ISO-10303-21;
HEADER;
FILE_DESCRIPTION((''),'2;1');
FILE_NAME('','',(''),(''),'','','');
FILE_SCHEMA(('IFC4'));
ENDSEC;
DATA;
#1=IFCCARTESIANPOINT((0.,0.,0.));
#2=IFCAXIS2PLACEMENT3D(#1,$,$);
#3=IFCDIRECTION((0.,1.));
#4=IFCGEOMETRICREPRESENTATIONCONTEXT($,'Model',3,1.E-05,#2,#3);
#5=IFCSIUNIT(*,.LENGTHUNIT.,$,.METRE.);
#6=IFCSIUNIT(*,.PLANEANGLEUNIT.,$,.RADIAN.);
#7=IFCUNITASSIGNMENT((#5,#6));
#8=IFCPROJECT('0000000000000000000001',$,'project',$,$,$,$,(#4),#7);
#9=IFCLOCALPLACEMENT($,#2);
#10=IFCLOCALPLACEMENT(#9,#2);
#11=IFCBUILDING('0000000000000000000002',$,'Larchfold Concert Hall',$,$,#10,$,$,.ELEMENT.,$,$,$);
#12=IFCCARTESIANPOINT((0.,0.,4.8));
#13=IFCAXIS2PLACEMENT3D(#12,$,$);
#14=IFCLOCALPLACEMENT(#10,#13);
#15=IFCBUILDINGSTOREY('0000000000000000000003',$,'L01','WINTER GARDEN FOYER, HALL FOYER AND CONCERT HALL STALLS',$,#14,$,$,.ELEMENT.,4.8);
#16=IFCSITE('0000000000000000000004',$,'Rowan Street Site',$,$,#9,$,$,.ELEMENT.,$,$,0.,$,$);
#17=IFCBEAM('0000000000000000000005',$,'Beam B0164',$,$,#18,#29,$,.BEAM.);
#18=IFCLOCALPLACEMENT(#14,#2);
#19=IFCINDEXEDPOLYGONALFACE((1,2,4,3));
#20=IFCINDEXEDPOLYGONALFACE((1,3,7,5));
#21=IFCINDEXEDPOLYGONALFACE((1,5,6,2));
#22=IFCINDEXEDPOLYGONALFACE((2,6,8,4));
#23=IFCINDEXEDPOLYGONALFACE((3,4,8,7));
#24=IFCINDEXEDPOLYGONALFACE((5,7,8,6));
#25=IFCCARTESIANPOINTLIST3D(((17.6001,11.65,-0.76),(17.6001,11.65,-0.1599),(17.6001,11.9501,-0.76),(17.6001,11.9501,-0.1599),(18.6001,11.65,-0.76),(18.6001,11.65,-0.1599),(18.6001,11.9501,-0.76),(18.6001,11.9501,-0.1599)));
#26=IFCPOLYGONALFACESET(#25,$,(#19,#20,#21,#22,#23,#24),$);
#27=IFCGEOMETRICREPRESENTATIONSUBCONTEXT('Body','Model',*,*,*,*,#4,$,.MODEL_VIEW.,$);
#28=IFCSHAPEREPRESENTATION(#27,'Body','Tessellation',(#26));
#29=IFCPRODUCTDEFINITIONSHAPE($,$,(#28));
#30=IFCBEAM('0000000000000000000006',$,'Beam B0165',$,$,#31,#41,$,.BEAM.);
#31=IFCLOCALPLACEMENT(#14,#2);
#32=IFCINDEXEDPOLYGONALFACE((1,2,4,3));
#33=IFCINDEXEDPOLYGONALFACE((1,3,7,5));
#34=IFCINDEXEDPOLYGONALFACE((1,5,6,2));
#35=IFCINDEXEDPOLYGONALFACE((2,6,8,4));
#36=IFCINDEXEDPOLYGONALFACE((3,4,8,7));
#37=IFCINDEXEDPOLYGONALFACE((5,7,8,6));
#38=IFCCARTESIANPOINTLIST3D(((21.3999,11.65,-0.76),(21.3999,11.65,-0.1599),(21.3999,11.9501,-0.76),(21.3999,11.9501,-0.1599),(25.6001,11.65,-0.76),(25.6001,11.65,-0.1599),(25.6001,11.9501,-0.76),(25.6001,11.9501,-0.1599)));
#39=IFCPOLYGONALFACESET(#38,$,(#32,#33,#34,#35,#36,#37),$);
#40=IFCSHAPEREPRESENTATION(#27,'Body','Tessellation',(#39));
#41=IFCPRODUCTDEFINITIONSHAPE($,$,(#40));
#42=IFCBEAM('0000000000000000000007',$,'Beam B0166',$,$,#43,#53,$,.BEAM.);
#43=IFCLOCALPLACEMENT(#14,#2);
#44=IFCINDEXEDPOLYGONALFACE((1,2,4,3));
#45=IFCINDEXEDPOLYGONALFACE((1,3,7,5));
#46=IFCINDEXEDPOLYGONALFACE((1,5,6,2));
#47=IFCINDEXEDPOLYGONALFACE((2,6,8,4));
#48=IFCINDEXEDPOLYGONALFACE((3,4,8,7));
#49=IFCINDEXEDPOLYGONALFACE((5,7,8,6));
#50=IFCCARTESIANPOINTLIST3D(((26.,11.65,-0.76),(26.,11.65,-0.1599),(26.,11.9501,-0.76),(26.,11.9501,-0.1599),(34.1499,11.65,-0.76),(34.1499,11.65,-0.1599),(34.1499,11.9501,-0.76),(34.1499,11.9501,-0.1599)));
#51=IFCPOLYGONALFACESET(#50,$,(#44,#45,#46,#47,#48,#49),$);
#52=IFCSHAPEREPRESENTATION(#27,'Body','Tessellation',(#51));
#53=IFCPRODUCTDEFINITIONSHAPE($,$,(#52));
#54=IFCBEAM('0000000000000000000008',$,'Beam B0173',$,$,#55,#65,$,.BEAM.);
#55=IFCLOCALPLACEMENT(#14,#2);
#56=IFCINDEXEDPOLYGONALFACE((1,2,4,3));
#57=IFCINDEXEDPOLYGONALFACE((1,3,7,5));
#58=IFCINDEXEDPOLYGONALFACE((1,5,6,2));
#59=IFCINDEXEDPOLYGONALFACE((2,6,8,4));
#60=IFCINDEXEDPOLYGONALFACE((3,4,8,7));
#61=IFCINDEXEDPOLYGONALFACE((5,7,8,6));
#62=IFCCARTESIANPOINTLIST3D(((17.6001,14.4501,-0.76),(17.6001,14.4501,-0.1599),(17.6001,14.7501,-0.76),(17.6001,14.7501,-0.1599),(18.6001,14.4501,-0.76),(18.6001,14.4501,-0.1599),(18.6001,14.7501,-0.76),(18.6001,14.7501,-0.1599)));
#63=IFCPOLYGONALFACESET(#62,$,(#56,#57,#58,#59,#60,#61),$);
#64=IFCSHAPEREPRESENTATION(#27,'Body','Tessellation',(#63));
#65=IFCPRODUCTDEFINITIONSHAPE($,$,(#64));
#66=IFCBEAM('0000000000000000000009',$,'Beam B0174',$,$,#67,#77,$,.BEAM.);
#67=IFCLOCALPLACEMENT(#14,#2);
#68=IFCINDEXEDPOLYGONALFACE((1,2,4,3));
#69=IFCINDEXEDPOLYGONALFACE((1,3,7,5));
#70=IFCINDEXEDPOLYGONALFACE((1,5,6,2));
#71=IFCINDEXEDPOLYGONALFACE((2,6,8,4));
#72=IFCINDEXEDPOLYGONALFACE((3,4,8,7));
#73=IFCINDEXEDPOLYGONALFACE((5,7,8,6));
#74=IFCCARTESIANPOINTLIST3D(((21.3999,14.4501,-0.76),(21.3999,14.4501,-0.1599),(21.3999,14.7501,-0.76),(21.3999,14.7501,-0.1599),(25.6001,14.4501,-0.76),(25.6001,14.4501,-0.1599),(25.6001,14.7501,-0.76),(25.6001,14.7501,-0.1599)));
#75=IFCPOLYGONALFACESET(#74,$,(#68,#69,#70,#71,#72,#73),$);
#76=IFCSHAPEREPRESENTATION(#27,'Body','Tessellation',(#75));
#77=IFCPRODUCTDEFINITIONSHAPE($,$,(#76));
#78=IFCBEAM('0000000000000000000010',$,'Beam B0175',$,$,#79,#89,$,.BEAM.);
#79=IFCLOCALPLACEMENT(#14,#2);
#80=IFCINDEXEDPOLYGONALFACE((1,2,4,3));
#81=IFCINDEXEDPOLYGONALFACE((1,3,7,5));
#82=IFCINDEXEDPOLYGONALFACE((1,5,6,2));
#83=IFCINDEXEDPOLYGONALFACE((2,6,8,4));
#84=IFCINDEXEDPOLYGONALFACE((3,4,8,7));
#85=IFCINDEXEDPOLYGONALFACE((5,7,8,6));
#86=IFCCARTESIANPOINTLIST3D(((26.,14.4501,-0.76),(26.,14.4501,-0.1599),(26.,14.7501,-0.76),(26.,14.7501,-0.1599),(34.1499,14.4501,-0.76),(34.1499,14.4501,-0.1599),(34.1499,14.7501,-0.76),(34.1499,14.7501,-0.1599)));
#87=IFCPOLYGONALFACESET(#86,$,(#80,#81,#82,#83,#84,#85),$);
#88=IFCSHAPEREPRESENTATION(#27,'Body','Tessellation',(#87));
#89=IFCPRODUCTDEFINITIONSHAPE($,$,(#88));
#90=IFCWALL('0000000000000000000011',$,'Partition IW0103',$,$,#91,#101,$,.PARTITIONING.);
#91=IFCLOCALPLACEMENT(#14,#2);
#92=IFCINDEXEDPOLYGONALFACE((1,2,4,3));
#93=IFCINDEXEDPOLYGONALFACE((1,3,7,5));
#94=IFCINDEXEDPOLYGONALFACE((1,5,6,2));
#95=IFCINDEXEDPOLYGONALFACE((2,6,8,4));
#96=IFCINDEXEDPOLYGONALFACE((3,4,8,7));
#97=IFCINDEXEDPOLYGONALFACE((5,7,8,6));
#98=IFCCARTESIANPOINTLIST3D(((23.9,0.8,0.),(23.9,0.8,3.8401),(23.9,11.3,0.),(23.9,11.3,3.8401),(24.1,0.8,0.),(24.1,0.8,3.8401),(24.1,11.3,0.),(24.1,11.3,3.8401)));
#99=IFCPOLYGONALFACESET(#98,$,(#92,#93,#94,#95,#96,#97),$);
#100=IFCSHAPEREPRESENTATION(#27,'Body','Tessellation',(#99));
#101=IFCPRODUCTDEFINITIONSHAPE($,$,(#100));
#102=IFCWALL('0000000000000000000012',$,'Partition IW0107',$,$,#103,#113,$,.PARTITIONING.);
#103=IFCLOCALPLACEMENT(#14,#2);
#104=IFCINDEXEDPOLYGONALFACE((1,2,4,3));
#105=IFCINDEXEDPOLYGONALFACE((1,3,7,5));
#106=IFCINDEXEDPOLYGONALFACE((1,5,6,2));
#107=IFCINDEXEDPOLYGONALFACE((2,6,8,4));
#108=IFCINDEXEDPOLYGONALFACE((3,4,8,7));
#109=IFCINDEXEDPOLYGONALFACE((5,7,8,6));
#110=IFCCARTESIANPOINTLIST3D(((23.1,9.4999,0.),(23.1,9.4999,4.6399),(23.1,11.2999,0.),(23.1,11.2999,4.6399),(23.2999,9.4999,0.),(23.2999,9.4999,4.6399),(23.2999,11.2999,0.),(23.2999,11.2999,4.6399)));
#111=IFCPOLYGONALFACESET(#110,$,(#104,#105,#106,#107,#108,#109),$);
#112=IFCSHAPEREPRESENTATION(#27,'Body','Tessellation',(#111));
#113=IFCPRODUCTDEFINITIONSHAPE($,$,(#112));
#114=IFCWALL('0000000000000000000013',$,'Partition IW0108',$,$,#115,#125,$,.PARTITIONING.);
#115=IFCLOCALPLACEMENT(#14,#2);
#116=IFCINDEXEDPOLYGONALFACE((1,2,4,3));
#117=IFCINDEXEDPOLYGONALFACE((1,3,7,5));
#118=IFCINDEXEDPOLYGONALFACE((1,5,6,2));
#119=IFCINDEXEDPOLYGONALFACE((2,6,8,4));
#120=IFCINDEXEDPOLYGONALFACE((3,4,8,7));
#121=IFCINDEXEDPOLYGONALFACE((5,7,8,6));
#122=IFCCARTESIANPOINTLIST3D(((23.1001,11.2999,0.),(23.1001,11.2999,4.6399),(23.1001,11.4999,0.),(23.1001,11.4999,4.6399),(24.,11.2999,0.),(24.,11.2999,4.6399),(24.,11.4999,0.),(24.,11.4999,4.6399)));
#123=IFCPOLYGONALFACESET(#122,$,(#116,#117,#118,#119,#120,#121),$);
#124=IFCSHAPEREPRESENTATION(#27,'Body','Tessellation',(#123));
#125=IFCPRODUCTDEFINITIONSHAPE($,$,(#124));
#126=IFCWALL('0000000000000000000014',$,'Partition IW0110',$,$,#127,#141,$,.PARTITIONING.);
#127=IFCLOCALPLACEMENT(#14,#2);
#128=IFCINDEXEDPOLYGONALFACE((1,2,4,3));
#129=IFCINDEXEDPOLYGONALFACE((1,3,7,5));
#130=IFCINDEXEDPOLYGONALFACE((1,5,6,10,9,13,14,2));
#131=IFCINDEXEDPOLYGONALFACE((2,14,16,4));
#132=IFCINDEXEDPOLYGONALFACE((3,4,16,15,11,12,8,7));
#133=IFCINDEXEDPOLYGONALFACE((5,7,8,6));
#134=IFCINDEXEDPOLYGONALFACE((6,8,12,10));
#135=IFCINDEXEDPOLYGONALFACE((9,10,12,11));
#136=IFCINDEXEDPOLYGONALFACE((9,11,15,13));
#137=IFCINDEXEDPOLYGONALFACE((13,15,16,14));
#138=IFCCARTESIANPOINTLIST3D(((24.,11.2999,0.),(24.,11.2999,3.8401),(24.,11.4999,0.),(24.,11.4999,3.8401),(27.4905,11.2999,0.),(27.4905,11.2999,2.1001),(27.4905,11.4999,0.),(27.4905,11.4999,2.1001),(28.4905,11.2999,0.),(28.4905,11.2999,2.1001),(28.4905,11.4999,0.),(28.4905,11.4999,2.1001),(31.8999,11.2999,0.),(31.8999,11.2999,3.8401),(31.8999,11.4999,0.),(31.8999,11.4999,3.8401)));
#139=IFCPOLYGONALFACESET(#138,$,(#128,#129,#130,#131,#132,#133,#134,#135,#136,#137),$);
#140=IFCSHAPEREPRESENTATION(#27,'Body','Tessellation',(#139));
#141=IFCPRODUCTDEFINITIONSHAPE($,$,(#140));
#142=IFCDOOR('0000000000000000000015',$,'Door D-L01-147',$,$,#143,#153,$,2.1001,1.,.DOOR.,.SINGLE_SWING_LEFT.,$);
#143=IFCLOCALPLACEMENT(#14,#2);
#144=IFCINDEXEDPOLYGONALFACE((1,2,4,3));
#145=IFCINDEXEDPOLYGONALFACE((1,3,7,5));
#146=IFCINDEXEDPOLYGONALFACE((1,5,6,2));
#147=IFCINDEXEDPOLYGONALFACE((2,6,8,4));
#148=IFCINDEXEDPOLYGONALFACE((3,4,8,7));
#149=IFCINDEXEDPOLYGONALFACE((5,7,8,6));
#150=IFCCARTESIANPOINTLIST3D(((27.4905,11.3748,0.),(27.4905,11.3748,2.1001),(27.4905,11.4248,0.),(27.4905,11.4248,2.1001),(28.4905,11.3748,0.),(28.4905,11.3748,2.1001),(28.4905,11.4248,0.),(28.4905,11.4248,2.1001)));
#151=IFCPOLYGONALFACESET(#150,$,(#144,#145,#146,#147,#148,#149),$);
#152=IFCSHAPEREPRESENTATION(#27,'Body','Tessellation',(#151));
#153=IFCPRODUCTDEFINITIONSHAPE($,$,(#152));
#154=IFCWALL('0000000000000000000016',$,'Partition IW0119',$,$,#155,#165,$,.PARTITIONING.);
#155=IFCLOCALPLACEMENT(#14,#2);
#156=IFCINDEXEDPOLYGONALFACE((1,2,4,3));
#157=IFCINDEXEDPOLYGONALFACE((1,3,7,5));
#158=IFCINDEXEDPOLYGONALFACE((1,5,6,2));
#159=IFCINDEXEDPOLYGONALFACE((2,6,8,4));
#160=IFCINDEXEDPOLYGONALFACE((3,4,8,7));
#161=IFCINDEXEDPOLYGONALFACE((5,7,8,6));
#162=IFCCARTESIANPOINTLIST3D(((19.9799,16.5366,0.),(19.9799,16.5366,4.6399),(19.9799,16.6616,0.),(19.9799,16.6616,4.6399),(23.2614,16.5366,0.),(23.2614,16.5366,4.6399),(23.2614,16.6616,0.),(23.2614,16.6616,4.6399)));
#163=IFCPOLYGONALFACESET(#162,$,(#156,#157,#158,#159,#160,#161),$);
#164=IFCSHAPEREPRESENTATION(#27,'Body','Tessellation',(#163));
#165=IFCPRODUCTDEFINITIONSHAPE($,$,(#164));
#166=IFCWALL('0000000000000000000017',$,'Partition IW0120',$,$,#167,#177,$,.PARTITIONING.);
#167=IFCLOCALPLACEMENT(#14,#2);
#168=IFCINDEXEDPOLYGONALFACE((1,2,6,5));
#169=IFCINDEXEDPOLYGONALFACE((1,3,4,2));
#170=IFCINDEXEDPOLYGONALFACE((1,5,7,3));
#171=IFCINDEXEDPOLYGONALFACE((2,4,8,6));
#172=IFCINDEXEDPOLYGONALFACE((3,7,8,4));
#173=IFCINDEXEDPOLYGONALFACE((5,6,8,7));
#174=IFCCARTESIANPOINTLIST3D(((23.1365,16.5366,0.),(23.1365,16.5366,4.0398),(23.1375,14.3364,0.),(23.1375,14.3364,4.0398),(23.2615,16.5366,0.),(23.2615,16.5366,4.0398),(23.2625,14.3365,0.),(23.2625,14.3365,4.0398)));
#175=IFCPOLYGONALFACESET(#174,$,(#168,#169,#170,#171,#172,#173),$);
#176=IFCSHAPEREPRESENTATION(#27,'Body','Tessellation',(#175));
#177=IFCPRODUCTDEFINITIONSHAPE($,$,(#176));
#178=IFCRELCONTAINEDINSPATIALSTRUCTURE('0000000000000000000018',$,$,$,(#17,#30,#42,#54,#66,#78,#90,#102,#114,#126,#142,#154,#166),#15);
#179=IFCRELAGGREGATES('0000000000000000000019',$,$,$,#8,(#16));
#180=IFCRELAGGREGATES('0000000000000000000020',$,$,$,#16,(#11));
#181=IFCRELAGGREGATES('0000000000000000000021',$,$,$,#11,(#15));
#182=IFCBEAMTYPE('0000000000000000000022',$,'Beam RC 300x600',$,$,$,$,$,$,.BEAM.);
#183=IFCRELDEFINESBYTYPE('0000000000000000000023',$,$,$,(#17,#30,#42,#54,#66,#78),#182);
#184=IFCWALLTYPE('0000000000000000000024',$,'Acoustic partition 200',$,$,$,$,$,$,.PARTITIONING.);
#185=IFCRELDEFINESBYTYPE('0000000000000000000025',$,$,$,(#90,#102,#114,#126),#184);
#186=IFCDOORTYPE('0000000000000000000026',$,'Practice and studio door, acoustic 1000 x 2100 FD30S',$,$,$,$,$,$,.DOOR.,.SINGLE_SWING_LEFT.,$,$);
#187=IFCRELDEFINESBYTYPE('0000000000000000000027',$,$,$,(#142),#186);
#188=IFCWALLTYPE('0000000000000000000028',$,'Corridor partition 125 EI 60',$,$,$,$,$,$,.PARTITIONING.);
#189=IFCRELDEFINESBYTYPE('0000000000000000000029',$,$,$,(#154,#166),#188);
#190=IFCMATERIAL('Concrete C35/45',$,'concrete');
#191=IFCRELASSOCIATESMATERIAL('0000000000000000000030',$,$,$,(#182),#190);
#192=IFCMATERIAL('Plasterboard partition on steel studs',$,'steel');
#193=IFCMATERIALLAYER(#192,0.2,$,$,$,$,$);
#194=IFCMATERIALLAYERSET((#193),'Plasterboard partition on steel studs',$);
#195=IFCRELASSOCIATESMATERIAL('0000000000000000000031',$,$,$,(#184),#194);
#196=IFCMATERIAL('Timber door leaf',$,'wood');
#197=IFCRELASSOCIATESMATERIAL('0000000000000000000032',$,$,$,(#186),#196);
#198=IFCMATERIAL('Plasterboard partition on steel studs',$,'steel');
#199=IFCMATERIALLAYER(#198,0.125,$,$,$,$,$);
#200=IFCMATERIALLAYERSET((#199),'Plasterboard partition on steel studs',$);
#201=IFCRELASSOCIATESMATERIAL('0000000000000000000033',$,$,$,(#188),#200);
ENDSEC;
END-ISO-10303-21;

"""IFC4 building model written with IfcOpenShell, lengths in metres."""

from ifc_helpers import new_model, si_unit, direction, frame, frame_2d, origin, origin_2d, place, context, subcontext, project, spatial, rectangle, extrude, material, layer, layer_set, material_profile, profile_set, type_object, element, fill, save


model = new_model("IFC4")

# Units and contexts
model_context = context("Model", 3, precision=1e-05, world=origin(), true_north=direction((0.0, 1.0)))
body_context = subcontext(model_context, "Body", "Model", "MODEL_VIEW")
ifc_project = project(units=[si_unit("LENGTHUNIT", "METRE"), si_unit("PLANEANGLEUNIT", "RADIAN")], contexts=[model_context])

# Site, building, storey
site_placement = place(None, origin())
site = spatial("IfcSite", under=ifc_project, at=site_placement, Name="Rowan Street Site", CompositionType="ELEMENT", RefElevation=0.0)
building_placement = place(site_placement, origin())
building = spatial("IfcBuilding", under=site, at=building_placement, Name="Larchfold Concert Hall", CompositionType="ELEMENT")
storey_placement = place(building_placement, frame((0.0, 0.0, 4.8)))
storey = spatial("IfcBuildingStorey", under=building, at=storey_placement, Name="L01", Description="WINTER GARDEN FOYER, HALL FOYER AND CONCERT HALL STALLS", CompositionType="ELEMENT", Elevation=4.8)

# Beams
ifc_material_1 = material(Name="Concrete C35/45", Category="concrete")
ifc_material_profile = material_profile(ifc_material_1, rectangle(XDim=0.3, YDim=0.6001, at=origin_2d()))
ifc_profile_set = profile_set([ifc_material_profile], Name="Concrete C35/45")
beam_type = type_object("IfcBeamType", Name="Beam RC 300x600", PredefinedType="BEAM", material=ifc_profile_set)
beam_1_placement = place(storey_placement, frame((17.6001, 11.8, -0.46), z_axis=(1.0, 0.0, 0.0), x_axis=(0.0, 1.0, 0.0)))
element("IfcBeam", 1, at=beam_1_placement, inside=storey, type_object=beam_type, Name="Beam B0164", PredefinedType="BEAM", context=body_context, shape_type="SweptSolid", body=[
    extrude(rectangle(XDim=0.3, YDim=0.6001, at=origin_2d()), origin(), (0.0, 0.0, 1.0), 1.0),
])
beam_2_placement = place(storey_placement, frame((21.3999, 11.8, -0.46), z_axis=(1.0, 0.0, 0.0), x_axis=(0.0, 1.0, 0.0)))
element("IfcBeam", 2, at=beam_2_placement, inside=storey, type_object=beam_type, Name="Beam B0165", PredefinedType="BEAM", context=body_context, shape_type="SweptSolid", body=[
    extrude(rectangle(XDim=0.3, YDim=0.6001, at=origin_2d()), origin(), (0.0, 0.0, 1.0), 4.2002),
])
beam_3_placement = place(storey_placement, frame((26.0, 11.8, -0.46), z_axis=(1.0, 0.0, 0.0), x_axis=(0.0, 1.0, 0.0)))
element("IfcBeam", 3, at=beam_3_placement, inside=storey, type_object=beam_type, Name="Beam B0166", PredefinedType="BEAM", context=body_context, shape_type="SweptSolid", body=[
    extrude(rectangle(XDim=0.3, YDim=0.6001, at=origin_2d()), origin(), (0.0, 0.0, 1.0), 8.1499),
])
beam_4_placement = place(storey_placement, frame((17.6001, 14.6001, -0.46), z_axis=(1.0, 0.0, 0.0), x_axis=(0.0, 1.0, 0.0)))
element("IfcBeam", 4, at=beam_4_placement, inside=storey, type_object=beam_type, Name="Beam B0173", PredefinedType="BEAM", context=body_context, shape_type="SweptSolid", body=[
    extrude(rectangle(XDim=0.3, YDim=0.6001, at=origin_2d()), origin(), (0.0, 0.0, 1.0), 1.0),
])
beam_5_placement = place(storey_placement, frame((21.3999, 14.6001, -0.46), z_axis=(1.0, 0.0, 0.0), x_axis=(0.0, 1.0, 0.0)))
element("IfcBeam", 5, at=beam_5_placement, inside=storey, type_object=beam_type, Name="Beam B0174", PredefinedType="BEAM", context=body_context, shape_type="SweptSolid", body=[
    extrude(rectangle(XDim=0.3, YDim=0.6001, at=origin_2d()), origin(), (0.0, 0.0, 1.0), 4.2002),
])
beam_6_placement = place(storey_placement, frame((26.0, 14.6001, -0.46), z_axis=(1.0, 0.0, 0.0), x_axis=(0.0, 1.0, 0.0)))
element("IfcBeam", 6, at=beam_6_placement, inside=storey, type_object=beam_type, Name="Beam B0175", PredefinedType="BEAM", context=body_context, shape_type="SweptSolid", body=[
    extrude(rectangle(XDim=0.3, YDim=0.6001, at=origin_2d()), origin(), (0.0, 0.0, 1.0), 8.1499),
])

# Walls
ifc_material_2 = material(Name="Plasterboard partition on steel studs", Category="steel")
ifc_layer_1 = layer(ifc_material_2, 0.2)
ifc_layer_set_1 = layer_set([ifc_layer_1], Name="Plasterboard partition on steel studs")
wall_type_1 = type_object("IfcWallType", Name="Acoustic partition 200", PredefinedType="PARTITIONING", material=ifc_layer_set_1)
wall_1_placement = place(storey_placement, frame((24.0, 11.3, 0.0), z_axis=(0.0, 0.0, 1.0), x_axis=(0.0, -1.0, 0.0)))
element("IfcWall", 7, at=wall_1_placement, inside=storey, type_object=wall_type_1, Name="Partition IW0103", PredefinedType="PARTITIONING", context=body_context, shape_type="SweptSolid", body=[
    extrude(rectangle(XDim=10.5, YDim=0.2, at=frame_2d((5.25, 0.0))), origin(), (0.0, 0.0, 1.0), 3.8401),
])
wall_2_placement = place(storey_placement, frame((23.2, 9.5, 0.0), z_axis=(0.0, 0.0, 1.0), x_axis=(0.0, 1.0, 0.0)))
element("IfcWall", 8, at=wall_2_placement, inside=storey, type_object=wall_type_1, Name="Partition IW0107", PredefinedType="PARTITIONING", context=body_context, shape_type="SweptSolid", body=[
    extrude(rectangle(XDim=1.8, YDim=0.2, at=frame_2d((0.8999, 0.0))), origin(), (0.0, 0.0, 1.0), 4.6399),
])
wall_3_placement = place(storey_placement, frame((23.1001, 11.3999, 0.0), z_axis=(0.0, 0.0, 1.0), x_axis=(1.0, 0.0, 0.0)))
element("IfcWall", 9, at=wall_3_placement, inside=storey, type_object=wall_type_1, Name="Partition IW0108", PredefinedType="PARTITIONING", context=body_context, shape_type="SweptSolid", body=[
    extrude(rectangle(XDim=0.8999, YDim=0.2, at=frame_2d((0.45, 0.0))), origin(), (0.0, 0.0, 1.0), 4.6399),
])

# Wall, opening, door
wall_4_placement = place(storey_placement, frame((24.0, 11.3999, 0.0), z_axis=(0.0, 0.0, 1.0), x_axis=(1.0, 0.0, 0.0)))
wall_4 = element("IfcWall", 10, at=wall_4_placement, inside=storey, type_object=wall_type_1, Name="Partition IW0110", PredefinedType="PARTITIONING", context=body_context, shape_type="SweptSolid", body=[
    extrude(rectangle(XDim=7.8999, YDim=0.2, at=frame_2d((3.95, 0.0))), origin(), (0.0, 0.0, 1.0), 3.8401),
])
opening_1_placement = place(wall_4_placement, frame((3.4905, 0.0, 0.0)))
opening_1 = element("IfcOpeningElement", 11, at=opening_1_placement, cuts=wall_4, PredefinedType="OPENING", context=body_context, shape_type="SweptSolid", body=[
    extrude(rectangle(XDim=1.0, YDim=2.1001, at=frame_2d((0.5, 1.05))), frame((0.0, 0.1099, 0.0), z_axis=(0.0, -1.0, 0.0), x_axis=(1.0, 0.0, 0.0)), (0.0, 0.0, 1.0), 0.22),
])
ifc_material_3 = material(Name="Timber door leaf", Category="wood")
door_type_1 = type_object("IfcDoorType", Name="Practice and studio door, acoustic 1000 x 2100 FD30S", OperationType="SINGLE_SWING_LEFT", PredefinedType="DOOR", material=ifc_material_3)
door_1_placement = place(opening_1_placement, origin())
door_1 = element("IfcDoor", 12, at=door_1_placement, inside=storey, type_object=door_type_1, Name="Door D-L01-147", OperationType="SINGLE_SWING_LEFT", OverallHeight=2.1001, OverallWidth=1.0, PredefinedType="DOOR", context=body_context, shape_type="SweptSolid", body=[
    extrude(rectangle(XDim=1.0, YDim=2.1001, at=frame_2d((0.5, 1.05))), frame((0.0, 0.0249, 0.0), z_axis=(0.0, -1.0, 0.0), x_axis=(1.0, 0.0, 0.0)), (0.0, 0.0, 1.0), 0.05),
])
fill(opening_1, door_1)

# Walls
ifc_material_4 = material(Name="Plasterboard partition on steel studs", Category="steel")
ifc_layer_2 = layer(ifc_material_4, 0.125)
ifc_layer_set_2 = layer_set([ifc_layer_2], Name="Plasterboard partition on steel studs")
wall_type_2 = type_object("IfcWallType", Name="Corridor partition 125 EI 60", PredefinedType="PARTITIONING", material=ifc_layer_set_2)
wall_5_placement = place(storey_placement, frame((19.98, 16.5991, 0.0), z_axis=(0.0, 0.0, 1.0), x_axis=(1.0, 0.0, 0.0)))
element("IfcWall", 13, at=wall_5_placement, inside=storey, type_object=wall_type_2, Name="Partition IW0119", PredefinedType="PARTITIONING", context=body_context, shape_type="SweptSolid", body=[
    extrude(rectangle(XDim=3.2815, YDim=0.125, at=frame_2d((1.6406, 0.0))), origin(), (0.0, 0.0, 1.0), 4.6399),
])
wall_6_placement = place(storey_placement, frame((23.199, 16.5366, 0.0), z_axis=(0.0, 0.0, 1.0), x_axis=(0.000444, -1.0, 0.0)))
element("IfcWall", 14, at=wall_6_placement, inside=storey, type_object=wall_type_2, Name="Partition IW0120", PredefinedType="PARTITIONING", context=body_context, shape_type="SweptSolid", body=[
    extrude(rectangle(XDim=2.2002, YDim=0.125, at=frame_2d((1.1001, 0.0))), origin(), (0.0, 0.0, 1.0), 4.0398),
])

save(model, "model.ifc")
